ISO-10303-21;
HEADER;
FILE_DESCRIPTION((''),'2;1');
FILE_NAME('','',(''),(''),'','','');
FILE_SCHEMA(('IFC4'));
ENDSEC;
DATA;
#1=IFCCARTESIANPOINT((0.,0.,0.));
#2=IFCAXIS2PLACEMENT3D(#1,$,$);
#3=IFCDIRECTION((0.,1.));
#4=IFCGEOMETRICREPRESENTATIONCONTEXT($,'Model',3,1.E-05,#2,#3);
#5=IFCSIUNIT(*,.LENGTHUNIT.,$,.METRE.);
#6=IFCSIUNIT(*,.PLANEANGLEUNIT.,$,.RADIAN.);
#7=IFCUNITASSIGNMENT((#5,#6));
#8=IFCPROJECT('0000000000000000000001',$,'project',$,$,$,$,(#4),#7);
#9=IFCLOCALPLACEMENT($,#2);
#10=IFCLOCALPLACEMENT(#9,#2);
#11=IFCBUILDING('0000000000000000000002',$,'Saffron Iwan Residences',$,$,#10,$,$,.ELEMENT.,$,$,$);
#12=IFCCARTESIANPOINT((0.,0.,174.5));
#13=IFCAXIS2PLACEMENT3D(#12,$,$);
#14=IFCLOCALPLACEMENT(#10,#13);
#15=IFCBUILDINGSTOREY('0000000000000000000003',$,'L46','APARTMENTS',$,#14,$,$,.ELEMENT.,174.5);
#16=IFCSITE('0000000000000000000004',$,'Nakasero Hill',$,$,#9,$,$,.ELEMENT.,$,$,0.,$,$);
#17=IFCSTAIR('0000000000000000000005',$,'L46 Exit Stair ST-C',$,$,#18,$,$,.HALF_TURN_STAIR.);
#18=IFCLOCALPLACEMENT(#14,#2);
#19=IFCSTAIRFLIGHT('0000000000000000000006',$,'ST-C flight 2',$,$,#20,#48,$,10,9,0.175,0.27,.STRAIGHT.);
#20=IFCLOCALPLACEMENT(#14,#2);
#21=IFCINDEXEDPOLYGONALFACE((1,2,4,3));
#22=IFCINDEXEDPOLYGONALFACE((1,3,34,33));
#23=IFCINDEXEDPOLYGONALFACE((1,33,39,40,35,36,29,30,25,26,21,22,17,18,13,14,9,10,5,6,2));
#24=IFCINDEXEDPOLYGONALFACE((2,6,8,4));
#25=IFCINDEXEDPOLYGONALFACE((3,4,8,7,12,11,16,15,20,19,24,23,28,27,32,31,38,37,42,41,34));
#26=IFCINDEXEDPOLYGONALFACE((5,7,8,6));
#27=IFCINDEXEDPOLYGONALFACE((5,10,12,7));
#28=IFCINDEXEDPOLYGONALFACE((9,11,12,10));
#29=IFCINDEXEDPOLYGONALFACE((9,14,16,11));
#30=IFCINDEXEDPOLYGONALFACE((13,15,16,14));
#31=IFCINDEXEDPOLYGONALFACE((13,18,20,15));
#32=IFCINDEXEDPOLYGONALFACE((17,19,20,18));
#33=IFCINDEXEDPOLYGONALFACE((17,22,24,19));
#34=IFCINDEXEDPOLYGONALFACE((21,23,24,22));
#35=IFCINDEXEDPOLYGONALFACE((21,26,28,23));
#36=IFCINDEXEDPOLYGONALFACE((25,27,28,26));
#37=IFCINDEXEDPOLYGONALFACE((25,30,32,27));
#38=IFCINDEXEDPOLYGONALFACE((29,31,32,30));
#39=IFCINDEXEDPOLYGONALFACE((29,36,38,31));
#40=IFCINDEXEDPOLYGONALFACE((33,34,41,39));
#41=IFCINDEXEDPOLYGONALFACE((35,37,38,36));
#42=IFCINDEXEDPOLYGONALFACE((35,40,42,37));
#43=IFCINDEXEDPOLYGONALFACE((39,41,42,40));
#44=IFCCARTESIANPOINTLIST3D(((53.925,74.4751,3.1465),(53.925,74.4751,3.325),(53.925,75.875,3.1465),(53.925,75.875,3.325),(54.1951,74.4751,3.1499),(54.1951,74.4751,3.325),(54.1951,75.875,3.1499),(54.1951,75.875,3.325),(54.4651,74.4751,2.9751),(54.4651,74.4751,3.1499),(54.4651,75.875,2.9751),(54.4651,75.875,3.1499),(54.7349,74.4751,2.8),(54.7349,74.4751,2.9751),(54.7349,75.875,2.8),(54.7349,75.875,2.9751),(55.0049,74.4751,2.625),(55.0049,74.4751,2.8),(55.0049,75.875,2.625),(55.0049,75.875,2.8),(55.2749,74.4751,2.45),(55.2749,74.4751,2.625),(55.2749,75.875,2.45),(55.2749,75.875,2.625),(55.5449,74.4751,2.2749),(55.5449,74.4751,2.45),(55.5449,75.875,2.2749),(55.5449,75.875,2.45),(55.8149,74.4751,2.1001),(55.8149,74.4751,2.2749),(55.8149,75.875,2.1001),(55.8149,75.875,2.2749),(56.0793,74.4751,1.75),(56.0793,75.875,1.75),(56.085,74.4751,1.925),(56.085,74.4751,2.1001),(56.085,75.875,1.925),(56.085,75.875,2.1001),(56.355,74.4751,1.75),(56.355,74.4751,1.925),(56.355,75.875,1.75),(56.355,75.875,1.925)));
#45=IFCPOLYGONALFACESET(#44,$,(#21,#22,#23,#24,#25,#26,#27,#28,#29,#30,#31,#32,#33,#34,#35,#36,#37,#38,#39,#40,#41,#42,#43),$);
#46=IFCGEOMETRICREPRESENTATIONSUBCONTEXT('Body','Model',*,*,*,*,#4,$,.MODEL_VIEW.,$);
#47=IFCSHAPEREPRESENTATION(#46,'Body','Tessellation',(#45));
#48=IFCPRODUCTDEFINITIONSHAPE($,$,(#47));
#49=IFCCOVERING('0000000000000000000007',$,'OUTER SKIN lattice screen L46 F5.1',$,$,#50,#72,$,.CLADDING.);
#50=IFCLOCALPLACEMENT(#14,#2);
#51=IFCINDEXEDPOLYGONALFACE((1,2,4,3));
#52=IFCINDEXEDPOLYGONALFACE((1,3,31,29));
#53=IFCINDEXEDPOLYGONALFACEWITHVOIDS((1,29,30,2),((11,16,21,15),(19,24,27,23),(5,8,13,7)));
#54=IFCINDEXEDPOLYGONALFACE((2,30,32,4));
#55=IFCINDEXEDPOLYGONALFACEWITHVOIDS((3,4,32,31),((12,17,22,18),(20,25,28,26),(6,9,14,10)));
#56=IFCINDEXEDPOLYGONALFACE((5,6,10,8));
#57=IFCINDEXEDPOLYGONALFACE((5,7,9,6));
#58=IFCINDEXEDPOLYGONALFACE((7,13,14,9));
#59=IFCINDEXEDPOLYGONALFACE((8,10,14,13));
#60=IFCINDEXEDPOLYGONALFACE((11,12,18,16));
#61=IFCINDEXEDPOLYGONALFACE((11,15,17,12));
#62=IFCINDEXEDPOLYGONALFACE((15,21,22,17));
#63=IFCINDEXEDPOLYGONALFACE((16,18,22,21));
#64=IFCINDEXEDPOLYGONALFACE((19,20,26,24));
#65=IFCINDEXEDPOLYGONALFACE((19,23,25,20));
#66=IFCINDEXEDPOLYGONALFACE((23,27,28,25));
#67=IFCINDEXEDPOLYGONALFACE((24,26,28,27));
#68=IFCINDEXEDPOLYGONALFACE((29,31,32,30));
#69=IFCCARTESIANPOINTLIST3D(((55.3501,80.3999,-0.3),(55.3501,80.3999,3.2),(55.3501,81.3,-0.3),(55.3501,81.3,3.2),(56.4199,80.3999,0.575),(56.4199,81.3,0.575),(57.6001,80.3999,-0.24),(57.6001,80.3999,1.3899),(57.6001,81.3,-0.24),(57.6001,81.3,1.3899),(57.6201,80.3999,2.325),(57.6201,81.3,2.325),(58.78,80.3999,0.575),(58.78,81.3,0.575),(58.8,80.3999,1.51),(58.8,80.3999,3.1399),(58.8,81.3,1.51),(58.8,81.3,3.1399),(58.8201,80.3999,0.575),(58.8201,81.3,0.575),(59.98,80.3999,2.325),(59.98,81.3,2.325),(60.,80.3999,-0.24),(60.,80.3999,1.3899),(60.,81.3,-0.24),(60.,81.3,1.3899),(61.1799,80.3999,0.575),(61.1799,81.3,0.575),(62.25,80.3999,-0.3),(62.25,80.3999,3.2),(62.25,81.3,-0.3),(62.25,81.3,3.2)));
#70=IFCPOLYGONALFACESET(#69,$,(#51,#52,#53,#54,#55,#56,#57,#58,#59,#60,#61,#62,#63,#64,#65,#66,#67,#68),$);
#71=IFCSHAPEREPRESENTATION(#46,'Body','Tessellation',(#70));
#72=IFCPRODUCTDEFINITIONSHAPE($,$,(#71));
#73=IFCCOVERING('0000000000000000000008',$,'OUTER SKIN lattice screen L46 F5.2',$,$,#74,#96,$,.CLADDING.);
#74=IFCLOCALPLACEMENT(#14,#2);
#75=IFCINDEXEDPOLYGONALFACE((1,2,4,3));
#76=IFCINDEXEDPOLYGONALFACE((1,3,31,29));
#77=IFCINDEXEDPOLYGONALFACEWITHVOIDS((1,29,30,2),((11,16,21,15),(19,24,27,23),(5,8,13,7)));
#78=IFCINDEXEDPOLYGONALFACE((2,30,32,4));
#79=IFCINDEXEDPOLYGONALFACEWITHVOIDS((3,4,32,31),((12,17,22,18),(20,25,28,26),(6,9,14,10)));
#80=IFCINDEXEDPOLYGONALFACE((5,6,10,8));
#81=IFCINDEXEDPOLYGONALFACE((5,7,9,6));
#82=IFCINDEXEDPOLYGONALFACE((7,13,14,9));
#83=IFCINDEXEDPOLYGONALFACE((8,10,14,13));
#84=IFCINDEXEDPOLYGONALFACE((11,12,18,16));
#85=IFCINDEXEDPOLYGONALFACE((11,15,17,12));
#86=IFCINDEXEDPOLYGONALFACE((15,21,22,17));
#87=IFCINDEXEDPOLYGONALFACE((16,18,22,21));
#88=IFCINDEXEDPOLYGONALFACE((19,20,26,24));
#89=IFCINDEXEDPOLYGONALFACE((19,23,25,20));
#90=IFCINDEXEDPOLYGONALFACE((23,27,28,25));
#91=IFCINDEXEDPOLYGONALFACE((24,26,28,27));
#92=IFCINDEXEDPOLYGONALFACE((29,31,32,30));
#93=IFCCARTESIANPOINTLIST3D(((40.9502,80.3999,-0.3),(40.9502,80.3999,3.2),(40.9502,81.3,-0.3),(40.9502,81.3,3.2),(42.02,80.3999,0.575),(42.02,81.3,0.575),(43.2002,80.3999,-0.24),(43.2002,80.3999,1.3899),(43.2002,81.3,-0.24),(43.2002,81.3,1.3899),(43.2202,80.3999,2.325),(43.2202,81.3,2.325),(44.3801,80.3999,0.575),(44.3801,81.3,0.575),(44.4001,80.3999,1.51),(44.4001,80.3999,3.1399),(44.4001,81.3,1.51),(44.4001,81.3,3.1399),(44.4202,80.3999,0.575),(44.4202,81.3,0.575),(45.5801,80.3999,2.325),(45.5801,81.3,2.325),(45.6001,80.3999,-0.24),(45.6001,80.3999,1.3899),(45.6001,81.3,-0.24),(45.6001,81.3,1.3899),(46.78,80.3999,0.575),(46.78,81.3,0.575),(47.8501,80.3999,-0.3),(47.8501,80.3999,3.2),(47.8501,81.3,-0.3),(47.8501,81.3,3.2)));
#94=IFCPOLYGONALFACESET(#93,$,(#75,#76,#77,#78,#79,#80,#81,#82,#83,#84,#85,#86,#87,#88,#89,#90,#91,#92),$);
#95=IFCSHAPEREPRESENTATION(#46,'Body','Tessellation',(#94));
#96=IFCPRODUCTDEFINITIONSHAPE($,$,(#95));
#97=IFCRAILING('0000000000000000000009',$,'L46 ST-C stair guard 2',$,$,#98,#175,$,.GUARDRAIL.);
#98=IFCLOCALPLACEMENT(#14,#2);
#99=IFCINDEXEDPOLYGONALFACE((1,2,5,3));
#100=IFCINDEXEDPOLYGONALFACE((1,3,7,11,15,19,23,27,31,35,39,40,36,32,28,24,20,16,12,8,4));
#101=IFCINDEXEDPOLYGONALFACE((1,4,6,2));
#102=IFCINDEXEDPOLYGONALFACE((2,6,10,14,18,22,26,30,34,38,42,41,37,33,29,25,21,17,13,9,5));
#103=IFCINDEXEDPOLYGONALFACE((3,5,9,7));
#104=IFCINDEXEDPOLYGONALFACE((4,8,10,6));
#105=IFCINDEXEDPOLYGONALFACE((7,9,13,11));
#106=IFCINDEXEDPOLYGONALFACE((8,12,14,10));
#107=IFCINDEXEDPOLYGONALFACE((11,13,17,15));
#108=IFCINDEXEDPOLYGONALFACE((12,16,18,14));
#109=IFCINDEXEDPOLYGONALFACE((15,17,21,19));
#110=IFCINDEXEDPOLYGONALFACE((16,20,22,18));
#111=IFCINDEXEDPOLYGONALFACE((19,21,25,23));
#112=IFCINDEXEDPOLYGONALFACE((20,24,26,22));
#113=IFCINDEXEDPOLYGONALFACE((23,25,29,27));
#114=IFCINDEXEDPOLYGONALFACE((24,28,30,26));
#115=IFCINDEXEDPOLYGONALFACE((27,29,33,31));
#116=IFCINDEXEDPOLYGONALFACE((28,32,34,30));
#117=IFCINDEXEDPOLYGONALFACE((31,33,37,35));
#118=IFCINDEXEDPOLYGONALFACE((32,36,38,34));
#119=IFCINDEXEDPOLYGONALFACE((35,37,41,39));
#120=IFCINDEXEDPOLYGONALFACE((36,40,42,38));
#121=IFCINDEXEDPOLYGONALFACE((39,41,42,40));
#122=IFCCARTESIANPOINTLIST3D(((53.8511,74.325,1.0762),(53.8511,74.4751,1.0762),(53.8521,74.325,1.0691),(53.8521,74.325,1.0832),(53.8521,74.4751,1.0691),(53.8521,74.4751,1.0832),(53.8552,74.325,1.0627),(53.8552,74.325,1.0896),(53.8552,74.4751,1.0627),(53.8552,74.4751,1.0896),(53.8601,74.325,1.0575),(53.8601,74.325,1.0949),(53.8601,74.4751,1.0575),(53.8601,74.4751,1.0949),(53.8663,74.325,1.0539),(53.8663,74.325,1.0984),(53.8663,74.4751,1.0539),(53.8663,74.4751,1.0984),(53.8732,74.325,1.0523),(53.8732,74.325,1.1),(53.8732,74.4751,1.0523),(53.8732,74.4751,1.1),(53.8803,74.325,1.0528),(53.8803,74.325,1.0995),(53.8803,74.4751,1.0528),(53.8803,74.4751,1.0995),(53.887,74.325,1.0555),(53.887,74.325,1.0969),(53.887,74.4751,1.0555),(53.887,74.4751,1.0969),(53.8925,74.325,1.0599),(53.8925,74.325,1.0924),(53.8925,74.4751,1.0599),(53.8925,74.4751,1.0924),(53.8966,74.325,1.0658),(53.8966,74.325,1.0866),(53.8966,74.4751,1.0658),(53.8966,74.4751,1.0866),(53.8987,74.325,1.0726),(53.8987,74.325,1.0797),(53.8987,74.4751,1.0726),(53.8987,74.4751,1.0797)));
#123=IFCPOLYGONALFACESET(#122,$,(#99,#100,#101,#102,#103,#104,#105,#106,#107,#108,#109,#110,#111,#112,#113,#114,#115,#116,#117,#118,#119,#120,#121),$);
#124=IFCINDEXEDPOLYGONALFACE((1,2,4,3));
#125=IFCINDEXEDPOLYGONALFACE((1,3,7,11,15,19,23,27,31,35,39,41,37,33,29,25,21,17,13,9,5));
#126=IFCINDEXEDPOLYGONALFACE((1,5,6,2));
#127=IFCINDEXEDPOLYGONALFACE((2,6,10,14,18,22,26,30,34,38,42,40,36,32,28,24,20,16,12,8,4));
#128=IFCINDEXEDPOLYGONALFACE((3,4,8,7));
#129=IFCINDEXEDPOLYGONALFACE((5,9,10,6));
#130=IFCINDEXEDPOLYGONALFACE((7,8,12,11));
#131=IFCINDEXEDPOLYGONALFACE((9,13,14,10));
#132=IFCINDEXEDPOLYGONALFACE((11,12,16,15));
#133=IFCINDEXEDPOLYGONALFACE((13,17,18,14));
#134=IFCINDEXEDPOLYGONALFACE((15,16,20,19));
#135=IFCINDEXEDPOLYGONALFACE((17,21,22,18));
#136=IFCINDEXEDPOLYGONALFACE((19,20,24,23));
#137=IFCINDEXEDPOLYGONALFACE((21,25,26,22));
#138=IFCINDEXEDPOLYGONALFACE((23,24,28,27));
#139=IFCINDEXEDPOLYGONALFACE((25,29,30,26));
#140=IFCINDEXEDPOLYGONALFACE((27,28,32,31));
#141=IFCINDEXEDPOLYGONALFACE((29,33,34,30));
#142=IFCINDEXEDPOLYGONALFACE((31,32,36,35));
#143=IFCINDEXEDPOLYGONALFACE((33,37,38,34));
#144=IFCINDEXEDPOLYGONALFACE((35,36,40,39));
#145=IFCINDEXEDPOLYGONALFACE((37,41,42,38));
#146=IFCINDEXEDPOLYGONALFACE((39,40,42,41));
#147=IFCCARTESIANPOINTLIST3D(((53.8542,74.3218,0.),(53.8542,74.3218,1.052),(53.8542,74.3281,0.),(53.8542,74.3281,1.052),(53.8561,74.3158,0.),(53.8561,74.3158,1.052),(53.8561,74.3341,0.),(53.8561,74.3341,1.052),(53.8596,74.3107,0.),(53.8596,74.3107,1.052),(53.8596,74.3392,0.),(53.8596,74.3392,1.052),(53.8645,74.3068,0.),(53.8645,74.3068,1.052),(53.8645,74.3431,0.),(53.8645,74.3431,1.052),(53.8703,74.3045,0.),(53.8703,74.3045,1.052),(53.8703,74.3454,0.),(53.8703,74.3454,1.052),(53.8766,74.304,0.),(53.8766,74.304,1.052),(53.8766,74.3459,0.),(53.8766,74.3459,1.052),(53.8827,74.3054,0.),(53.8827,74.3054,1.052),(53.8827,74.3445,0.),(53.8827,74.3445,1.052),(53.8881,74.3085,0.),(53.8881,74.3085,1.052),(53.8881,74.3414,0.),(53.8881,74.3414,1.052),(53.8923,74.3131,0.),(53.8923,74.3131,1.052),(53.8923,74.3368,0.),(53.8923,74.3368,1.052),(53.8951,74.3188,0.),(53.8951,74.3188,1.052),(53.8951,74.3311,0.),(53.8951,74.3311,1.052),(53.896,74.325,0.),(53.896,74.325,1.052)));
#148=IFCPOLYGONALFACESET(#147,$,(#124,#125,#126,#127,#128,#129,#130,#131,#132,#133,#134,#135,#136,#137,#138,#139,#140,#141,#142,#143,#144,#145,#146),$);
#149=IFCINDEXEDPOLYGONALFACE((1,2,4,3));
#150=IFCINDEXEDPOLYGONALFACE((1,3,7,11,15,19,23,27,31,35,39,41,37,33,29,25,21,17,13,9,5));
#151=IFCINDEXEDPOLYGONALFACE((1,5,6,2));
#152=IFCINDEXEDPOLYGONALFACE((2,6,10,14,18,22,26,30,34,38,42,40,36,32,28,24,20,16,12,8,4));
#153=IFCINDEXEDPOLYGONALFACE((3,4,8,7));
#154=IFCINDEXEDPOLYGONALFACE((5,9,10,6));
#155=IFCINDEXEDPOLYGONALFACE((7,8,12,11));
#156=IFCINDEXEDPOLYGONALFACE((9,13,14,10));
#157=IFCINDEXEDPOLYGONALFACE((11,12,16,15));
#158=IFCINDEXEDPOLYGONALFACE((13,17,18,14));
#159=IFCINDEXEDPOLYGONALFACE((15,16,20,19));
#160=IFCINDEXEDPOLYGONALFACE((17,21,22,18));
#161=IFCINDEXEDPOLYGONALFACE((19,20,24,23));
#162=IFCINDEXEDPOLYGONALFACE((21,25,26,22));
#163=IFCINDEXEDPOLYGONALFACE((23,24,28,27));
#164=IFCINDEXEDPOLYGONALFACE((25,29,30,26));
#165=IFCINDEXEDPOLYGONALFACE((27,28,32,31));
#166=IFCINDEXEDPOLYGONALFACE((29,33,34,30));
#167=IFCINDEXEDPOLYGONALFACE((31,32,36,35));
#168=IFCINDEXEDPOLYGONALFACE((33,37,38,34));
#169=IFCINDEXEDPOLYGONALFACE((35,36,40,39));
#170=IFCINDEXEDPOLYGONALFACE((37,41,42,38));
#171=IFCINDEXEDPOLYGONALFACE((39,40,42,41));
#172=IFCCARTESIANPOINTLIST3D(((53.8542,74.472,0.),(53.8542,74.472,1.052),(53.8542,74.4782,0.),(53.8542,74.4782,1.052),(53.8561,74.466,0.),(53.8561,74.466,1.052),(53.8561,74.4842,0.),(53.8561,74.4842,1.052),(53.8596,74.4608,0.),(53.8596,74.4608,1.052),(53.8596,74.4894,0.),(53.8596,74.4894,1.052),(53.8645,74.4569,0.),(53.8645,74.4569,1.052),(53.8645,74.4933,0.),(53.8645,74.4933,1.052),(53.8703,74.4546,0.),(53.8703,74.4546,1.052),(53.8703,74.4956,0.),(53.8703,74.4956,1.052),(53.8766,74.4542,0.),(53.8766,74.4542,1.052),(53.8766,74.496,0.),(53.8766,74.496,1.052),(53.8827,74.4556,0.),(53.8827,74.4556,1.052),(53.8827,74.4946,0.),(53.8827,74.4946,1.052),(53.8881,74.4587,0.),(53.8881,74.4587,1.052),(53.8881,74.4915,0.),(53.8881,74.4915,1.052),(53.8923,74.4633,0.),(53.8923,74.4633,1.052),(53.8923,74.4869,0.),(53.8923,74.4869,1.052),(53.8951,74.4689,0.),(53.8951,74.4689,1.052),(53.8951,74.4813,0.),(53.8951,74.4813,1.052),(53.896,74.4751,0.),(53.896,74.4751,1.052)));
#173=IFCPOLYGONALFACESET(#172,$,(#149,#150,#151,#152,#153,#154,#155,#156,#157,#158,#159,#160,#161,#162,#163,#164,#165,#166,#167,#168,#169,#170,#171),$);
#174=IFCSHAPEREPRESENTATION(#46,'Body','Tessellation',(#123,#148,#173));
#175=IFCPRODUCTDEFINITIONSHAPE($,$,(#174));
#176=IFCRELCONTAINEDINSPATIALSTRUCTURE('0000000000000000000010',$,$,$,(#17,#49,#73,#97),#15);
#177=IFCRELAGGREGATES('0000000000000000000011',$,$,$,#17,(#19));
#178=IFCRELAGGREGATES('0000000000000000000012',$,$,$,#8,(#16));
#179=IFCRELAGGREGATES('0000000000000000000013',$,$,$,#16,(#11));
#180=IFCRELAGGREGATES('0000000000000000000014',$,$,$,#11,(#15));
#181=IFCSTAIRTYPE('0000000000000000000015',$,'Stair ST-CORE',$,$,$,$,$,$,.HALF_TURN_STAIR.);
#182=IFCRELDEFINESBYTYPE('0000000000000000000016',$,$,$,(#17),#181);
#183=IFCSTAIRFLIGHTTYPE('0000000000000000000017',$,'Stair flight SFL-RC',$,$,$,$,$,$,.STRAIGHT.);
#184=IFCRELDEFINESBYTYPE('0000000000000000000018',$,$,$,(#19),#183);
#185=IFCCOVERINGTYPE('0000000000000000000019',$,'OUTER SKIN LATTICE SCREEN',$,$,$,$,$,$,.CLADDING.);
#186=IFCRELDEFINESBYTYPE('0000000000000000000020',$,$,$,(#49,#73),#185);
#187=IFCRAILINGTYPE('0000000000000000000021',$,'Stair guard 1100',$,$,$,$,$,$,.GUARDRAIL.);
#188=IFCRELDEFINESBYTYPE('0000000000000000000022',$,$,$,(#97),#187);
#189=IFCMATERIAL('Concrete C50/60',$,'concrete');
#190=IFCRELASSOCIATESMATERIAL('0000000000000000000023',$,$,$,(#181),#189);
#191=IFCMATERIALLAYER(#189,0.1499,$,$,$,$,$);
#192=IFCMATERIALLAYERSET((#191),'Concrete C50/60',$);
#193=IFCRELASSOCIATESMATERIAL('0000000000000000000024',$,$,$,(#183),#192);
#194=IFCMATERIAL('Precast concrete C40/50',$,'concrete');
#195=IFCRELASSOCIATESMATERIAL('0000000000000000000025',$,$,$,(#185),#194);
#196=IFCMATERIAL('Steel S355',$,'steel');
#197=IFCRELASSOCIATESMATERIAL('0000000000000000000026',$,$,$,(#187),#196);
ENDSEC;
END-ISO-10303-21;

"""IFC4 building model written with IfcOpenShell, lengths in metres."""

from ifc_helpers import new_model, si_unit, direction, frame, origin, origin_2d, place, context, subcontext, project, spatial, polyline, circle, outline, extrude, material, layer, layer_set, type_object, element, aggregate, save


model = new_model("IFC4")

# Units and contexts
model_context = context("Model", 3, precision=1e-05, world=origin(), true_north=direction((0.0, 1.0)))
body_context = subcontext(model_context, "Body", "Model", "MODEL_VIEW")
ifc_project = project(units=[si_unit("LENGTHUNIT", "METRE"), si_unit("PLANEANGLEUNIT", "RADIAN")], contexts=[model_context])

# Site, building, storey
site_placement = place(None, origin())
site = spatial("IfcSite", under=ifc_project, at=site_placement, Name="Nakasero Hill", CompositionType="ELEMENT", RefElevation=0.0)
building_placement = place(site_placement, origin())
building = spatial("IfcBuilding", under=site, at=building_placement, Name="Saffron Iwan Residences", CompositionType="ELEMENT")
storey_placement = place(building_placement, frame((0.0, 0.0, 174.5)))
storey = spatial("IfcBuildingStorey", under=building, at=storey_placement, Name="L46", Description="APARTMENTS", CompositionType="ELEMENT", Elevation=174.5)

# Shared definitions
ifc_material_1 = material(Name="Concrete C50/60", Category="concrete")

# Stair, stair flight
stair_type = type_object("IfcStairType", Name="Stair ST-CORE", PredefinedType="HALF_TURN_STAIR", material=ifc_material_1)
stair_placement = place(storey_placement, origin())
stair = element("IfcStair", 1, at=stair_placement, inside=storey, type_object=stair_type, Name="L46 Exit Stair ST-C", PredefinedType="HALF_TURN_STAIR")
ifc_layer_1 = layer(ifc_material_1, 0.1499)
ifc_layer_set_1 = layer_set([ifc_layer_1], Name="Concrete C50/60")
stair_flight_type = type_object("IfcStairFlightType", Name="Stair flight SFL-RC", PredefinedType="STRAIGHT", material=ifc_layer_set_1)
stair_flight_1_placement = place(storey_placement, frame((56.355, 75.175, 1.75), z_axis=(0.0, 0.0, 1.0), x_axis=(-1.0, 0.0, 0.0)))
stair_flight_1 = element("IfcStairFlight", 2, at=stair_flight_1_placement, type_object=stair_flight_type, Name="ST-C flight 2", NumberOfRisers=10, NumberOfTreads=9, PredefinedType="STRAIGHT", RiserHeight=0.175, TreadLength=0.27, context=body_context, shape_type="SweptSolid", body=[
    extrude(outline(polyline([(0.0, 0.0), (0.0, 0.175), (0.27, 0.175), (0.27, 0.3501), (0.54, 0.3501), (0.54, 0.5249), (0.8101, 0.5249), (0.8101, 0.7), (1.0801, 0.7), (1.0801, 0.875), (1.3501, 0.875), (1.3501, 1.05), (1.6201, 1.05), (1.6201, 1.2251), (1.8899, 1.2251), (1.8899, 1.3999), (2.1599, 1.3999), (2.1599, 1.575), (2.4299, 1.575), (2.4299, 1.75), (2.4299, 1.3965), (0.2756, 0.0), (0.0, 0.0)])), frame((0.0, 0.7, 0.0), z_axis=(0.0, -1.0, 0.0), x_axis=(1.0, 0.0, 0.0)), (0.0, 0.0, 1.0), 1.3999),
])
aggregate(stair, [stair_flight_1])

# Coverings
ifc_material_2 = material(Name="Precast concrete C40/50", Category="concrete")
covering_type_1 = type_object("IfcCoveringType", Name="OUTER SKIN LATTICE SCREEN", PredefinedType="CLADDING", material=ifc_material_2)
for number, where, z_axis, x_axis, name in (
    (3, (62.25, 80.3999, -0.3), (0.0, 1.0, 0.0), (-1.0, 0.0, 0.0), "OUTER SKIN lattice screen L46 F5.1"),
    (4, (47.8501, 80.3999, -0.3), (0.0, 1.0, 0.0), (-1.0, 0.0, 0.0), "OUTER SKIN lattice screen L46 F5.2"),
):
    element("IfcCovering", number, at=place(storey_placement, frame(where, z_axis=z_axis, x_axis=x_axis)), inside=storey, type_object=covering_type_1, Name=name, PredefinedType="CLADDING", context=body_context, shape_type="SweptSolid", body=[
        extrude(outline(polyline([(0.0, 0.0), (6.8999, 0.0), (6.8999, 3.5), (0.0, 3.5), (0.0, 0.0)]), holes=[polyline([(1.0701, 0.875), (2.25, 0.0601), (3.4299, 0.875), (2.25, 1.6899), (1.0701, 0.875)]), polyline([(3.47, 0.875), (4.6499, 0.0601), (5.8301, 0.875), (4.6499, 1.6899), (3.47, 0.875)]), polyline([(2.27, 2.625), (3.45, 1.8101), (4.6299, 2.625), (3.45, 3.4399), (2.27, 2.625)])]), origin(), (0.0, 0.0, 1.0), 0.9001),
    ])

# Railing
ifc_material_3 = material(Name="Steel S355", Category="steel")
railing_type_1 = type_object("IfcRailingType", Name="Stair guard 1100", PredefinedType="GUARDRAIL", material=ifc_material_3)
railing_1_placement = place(storey_placement, frame((53.875, 74.325, 0.0)))
element("IfcRailing", 5, at=railing_1_placement, inside=storey, type_object=railing_type_1, Name="L46 ST-C stair guard 2", PredefinedType="GUARDRAIL", context=body_context, shape_type="SweptSolid", body=[
    extrude(circle(Radius=0.0239, at=origin_2d()), frame((0.0, 0.0, 1.0762), z_axis=(0.0, 1.0, 0.0), x_axis=(-1.0, 0.0, 0.0)), (0.0, 0.0, 1.0), 0.1501),
    extrude(circle(Radius=0.021, at=origin_2d()), origin(), (0.0, 0.0, 1.0), 1.052),
    extrude(circle(Radius=0.021, at=origin_2d()), frame((0.0, 0.1501, 0.0)), (0.0, 0.0, 1.0), 1.052),
])

save(model, "model.ifc")
